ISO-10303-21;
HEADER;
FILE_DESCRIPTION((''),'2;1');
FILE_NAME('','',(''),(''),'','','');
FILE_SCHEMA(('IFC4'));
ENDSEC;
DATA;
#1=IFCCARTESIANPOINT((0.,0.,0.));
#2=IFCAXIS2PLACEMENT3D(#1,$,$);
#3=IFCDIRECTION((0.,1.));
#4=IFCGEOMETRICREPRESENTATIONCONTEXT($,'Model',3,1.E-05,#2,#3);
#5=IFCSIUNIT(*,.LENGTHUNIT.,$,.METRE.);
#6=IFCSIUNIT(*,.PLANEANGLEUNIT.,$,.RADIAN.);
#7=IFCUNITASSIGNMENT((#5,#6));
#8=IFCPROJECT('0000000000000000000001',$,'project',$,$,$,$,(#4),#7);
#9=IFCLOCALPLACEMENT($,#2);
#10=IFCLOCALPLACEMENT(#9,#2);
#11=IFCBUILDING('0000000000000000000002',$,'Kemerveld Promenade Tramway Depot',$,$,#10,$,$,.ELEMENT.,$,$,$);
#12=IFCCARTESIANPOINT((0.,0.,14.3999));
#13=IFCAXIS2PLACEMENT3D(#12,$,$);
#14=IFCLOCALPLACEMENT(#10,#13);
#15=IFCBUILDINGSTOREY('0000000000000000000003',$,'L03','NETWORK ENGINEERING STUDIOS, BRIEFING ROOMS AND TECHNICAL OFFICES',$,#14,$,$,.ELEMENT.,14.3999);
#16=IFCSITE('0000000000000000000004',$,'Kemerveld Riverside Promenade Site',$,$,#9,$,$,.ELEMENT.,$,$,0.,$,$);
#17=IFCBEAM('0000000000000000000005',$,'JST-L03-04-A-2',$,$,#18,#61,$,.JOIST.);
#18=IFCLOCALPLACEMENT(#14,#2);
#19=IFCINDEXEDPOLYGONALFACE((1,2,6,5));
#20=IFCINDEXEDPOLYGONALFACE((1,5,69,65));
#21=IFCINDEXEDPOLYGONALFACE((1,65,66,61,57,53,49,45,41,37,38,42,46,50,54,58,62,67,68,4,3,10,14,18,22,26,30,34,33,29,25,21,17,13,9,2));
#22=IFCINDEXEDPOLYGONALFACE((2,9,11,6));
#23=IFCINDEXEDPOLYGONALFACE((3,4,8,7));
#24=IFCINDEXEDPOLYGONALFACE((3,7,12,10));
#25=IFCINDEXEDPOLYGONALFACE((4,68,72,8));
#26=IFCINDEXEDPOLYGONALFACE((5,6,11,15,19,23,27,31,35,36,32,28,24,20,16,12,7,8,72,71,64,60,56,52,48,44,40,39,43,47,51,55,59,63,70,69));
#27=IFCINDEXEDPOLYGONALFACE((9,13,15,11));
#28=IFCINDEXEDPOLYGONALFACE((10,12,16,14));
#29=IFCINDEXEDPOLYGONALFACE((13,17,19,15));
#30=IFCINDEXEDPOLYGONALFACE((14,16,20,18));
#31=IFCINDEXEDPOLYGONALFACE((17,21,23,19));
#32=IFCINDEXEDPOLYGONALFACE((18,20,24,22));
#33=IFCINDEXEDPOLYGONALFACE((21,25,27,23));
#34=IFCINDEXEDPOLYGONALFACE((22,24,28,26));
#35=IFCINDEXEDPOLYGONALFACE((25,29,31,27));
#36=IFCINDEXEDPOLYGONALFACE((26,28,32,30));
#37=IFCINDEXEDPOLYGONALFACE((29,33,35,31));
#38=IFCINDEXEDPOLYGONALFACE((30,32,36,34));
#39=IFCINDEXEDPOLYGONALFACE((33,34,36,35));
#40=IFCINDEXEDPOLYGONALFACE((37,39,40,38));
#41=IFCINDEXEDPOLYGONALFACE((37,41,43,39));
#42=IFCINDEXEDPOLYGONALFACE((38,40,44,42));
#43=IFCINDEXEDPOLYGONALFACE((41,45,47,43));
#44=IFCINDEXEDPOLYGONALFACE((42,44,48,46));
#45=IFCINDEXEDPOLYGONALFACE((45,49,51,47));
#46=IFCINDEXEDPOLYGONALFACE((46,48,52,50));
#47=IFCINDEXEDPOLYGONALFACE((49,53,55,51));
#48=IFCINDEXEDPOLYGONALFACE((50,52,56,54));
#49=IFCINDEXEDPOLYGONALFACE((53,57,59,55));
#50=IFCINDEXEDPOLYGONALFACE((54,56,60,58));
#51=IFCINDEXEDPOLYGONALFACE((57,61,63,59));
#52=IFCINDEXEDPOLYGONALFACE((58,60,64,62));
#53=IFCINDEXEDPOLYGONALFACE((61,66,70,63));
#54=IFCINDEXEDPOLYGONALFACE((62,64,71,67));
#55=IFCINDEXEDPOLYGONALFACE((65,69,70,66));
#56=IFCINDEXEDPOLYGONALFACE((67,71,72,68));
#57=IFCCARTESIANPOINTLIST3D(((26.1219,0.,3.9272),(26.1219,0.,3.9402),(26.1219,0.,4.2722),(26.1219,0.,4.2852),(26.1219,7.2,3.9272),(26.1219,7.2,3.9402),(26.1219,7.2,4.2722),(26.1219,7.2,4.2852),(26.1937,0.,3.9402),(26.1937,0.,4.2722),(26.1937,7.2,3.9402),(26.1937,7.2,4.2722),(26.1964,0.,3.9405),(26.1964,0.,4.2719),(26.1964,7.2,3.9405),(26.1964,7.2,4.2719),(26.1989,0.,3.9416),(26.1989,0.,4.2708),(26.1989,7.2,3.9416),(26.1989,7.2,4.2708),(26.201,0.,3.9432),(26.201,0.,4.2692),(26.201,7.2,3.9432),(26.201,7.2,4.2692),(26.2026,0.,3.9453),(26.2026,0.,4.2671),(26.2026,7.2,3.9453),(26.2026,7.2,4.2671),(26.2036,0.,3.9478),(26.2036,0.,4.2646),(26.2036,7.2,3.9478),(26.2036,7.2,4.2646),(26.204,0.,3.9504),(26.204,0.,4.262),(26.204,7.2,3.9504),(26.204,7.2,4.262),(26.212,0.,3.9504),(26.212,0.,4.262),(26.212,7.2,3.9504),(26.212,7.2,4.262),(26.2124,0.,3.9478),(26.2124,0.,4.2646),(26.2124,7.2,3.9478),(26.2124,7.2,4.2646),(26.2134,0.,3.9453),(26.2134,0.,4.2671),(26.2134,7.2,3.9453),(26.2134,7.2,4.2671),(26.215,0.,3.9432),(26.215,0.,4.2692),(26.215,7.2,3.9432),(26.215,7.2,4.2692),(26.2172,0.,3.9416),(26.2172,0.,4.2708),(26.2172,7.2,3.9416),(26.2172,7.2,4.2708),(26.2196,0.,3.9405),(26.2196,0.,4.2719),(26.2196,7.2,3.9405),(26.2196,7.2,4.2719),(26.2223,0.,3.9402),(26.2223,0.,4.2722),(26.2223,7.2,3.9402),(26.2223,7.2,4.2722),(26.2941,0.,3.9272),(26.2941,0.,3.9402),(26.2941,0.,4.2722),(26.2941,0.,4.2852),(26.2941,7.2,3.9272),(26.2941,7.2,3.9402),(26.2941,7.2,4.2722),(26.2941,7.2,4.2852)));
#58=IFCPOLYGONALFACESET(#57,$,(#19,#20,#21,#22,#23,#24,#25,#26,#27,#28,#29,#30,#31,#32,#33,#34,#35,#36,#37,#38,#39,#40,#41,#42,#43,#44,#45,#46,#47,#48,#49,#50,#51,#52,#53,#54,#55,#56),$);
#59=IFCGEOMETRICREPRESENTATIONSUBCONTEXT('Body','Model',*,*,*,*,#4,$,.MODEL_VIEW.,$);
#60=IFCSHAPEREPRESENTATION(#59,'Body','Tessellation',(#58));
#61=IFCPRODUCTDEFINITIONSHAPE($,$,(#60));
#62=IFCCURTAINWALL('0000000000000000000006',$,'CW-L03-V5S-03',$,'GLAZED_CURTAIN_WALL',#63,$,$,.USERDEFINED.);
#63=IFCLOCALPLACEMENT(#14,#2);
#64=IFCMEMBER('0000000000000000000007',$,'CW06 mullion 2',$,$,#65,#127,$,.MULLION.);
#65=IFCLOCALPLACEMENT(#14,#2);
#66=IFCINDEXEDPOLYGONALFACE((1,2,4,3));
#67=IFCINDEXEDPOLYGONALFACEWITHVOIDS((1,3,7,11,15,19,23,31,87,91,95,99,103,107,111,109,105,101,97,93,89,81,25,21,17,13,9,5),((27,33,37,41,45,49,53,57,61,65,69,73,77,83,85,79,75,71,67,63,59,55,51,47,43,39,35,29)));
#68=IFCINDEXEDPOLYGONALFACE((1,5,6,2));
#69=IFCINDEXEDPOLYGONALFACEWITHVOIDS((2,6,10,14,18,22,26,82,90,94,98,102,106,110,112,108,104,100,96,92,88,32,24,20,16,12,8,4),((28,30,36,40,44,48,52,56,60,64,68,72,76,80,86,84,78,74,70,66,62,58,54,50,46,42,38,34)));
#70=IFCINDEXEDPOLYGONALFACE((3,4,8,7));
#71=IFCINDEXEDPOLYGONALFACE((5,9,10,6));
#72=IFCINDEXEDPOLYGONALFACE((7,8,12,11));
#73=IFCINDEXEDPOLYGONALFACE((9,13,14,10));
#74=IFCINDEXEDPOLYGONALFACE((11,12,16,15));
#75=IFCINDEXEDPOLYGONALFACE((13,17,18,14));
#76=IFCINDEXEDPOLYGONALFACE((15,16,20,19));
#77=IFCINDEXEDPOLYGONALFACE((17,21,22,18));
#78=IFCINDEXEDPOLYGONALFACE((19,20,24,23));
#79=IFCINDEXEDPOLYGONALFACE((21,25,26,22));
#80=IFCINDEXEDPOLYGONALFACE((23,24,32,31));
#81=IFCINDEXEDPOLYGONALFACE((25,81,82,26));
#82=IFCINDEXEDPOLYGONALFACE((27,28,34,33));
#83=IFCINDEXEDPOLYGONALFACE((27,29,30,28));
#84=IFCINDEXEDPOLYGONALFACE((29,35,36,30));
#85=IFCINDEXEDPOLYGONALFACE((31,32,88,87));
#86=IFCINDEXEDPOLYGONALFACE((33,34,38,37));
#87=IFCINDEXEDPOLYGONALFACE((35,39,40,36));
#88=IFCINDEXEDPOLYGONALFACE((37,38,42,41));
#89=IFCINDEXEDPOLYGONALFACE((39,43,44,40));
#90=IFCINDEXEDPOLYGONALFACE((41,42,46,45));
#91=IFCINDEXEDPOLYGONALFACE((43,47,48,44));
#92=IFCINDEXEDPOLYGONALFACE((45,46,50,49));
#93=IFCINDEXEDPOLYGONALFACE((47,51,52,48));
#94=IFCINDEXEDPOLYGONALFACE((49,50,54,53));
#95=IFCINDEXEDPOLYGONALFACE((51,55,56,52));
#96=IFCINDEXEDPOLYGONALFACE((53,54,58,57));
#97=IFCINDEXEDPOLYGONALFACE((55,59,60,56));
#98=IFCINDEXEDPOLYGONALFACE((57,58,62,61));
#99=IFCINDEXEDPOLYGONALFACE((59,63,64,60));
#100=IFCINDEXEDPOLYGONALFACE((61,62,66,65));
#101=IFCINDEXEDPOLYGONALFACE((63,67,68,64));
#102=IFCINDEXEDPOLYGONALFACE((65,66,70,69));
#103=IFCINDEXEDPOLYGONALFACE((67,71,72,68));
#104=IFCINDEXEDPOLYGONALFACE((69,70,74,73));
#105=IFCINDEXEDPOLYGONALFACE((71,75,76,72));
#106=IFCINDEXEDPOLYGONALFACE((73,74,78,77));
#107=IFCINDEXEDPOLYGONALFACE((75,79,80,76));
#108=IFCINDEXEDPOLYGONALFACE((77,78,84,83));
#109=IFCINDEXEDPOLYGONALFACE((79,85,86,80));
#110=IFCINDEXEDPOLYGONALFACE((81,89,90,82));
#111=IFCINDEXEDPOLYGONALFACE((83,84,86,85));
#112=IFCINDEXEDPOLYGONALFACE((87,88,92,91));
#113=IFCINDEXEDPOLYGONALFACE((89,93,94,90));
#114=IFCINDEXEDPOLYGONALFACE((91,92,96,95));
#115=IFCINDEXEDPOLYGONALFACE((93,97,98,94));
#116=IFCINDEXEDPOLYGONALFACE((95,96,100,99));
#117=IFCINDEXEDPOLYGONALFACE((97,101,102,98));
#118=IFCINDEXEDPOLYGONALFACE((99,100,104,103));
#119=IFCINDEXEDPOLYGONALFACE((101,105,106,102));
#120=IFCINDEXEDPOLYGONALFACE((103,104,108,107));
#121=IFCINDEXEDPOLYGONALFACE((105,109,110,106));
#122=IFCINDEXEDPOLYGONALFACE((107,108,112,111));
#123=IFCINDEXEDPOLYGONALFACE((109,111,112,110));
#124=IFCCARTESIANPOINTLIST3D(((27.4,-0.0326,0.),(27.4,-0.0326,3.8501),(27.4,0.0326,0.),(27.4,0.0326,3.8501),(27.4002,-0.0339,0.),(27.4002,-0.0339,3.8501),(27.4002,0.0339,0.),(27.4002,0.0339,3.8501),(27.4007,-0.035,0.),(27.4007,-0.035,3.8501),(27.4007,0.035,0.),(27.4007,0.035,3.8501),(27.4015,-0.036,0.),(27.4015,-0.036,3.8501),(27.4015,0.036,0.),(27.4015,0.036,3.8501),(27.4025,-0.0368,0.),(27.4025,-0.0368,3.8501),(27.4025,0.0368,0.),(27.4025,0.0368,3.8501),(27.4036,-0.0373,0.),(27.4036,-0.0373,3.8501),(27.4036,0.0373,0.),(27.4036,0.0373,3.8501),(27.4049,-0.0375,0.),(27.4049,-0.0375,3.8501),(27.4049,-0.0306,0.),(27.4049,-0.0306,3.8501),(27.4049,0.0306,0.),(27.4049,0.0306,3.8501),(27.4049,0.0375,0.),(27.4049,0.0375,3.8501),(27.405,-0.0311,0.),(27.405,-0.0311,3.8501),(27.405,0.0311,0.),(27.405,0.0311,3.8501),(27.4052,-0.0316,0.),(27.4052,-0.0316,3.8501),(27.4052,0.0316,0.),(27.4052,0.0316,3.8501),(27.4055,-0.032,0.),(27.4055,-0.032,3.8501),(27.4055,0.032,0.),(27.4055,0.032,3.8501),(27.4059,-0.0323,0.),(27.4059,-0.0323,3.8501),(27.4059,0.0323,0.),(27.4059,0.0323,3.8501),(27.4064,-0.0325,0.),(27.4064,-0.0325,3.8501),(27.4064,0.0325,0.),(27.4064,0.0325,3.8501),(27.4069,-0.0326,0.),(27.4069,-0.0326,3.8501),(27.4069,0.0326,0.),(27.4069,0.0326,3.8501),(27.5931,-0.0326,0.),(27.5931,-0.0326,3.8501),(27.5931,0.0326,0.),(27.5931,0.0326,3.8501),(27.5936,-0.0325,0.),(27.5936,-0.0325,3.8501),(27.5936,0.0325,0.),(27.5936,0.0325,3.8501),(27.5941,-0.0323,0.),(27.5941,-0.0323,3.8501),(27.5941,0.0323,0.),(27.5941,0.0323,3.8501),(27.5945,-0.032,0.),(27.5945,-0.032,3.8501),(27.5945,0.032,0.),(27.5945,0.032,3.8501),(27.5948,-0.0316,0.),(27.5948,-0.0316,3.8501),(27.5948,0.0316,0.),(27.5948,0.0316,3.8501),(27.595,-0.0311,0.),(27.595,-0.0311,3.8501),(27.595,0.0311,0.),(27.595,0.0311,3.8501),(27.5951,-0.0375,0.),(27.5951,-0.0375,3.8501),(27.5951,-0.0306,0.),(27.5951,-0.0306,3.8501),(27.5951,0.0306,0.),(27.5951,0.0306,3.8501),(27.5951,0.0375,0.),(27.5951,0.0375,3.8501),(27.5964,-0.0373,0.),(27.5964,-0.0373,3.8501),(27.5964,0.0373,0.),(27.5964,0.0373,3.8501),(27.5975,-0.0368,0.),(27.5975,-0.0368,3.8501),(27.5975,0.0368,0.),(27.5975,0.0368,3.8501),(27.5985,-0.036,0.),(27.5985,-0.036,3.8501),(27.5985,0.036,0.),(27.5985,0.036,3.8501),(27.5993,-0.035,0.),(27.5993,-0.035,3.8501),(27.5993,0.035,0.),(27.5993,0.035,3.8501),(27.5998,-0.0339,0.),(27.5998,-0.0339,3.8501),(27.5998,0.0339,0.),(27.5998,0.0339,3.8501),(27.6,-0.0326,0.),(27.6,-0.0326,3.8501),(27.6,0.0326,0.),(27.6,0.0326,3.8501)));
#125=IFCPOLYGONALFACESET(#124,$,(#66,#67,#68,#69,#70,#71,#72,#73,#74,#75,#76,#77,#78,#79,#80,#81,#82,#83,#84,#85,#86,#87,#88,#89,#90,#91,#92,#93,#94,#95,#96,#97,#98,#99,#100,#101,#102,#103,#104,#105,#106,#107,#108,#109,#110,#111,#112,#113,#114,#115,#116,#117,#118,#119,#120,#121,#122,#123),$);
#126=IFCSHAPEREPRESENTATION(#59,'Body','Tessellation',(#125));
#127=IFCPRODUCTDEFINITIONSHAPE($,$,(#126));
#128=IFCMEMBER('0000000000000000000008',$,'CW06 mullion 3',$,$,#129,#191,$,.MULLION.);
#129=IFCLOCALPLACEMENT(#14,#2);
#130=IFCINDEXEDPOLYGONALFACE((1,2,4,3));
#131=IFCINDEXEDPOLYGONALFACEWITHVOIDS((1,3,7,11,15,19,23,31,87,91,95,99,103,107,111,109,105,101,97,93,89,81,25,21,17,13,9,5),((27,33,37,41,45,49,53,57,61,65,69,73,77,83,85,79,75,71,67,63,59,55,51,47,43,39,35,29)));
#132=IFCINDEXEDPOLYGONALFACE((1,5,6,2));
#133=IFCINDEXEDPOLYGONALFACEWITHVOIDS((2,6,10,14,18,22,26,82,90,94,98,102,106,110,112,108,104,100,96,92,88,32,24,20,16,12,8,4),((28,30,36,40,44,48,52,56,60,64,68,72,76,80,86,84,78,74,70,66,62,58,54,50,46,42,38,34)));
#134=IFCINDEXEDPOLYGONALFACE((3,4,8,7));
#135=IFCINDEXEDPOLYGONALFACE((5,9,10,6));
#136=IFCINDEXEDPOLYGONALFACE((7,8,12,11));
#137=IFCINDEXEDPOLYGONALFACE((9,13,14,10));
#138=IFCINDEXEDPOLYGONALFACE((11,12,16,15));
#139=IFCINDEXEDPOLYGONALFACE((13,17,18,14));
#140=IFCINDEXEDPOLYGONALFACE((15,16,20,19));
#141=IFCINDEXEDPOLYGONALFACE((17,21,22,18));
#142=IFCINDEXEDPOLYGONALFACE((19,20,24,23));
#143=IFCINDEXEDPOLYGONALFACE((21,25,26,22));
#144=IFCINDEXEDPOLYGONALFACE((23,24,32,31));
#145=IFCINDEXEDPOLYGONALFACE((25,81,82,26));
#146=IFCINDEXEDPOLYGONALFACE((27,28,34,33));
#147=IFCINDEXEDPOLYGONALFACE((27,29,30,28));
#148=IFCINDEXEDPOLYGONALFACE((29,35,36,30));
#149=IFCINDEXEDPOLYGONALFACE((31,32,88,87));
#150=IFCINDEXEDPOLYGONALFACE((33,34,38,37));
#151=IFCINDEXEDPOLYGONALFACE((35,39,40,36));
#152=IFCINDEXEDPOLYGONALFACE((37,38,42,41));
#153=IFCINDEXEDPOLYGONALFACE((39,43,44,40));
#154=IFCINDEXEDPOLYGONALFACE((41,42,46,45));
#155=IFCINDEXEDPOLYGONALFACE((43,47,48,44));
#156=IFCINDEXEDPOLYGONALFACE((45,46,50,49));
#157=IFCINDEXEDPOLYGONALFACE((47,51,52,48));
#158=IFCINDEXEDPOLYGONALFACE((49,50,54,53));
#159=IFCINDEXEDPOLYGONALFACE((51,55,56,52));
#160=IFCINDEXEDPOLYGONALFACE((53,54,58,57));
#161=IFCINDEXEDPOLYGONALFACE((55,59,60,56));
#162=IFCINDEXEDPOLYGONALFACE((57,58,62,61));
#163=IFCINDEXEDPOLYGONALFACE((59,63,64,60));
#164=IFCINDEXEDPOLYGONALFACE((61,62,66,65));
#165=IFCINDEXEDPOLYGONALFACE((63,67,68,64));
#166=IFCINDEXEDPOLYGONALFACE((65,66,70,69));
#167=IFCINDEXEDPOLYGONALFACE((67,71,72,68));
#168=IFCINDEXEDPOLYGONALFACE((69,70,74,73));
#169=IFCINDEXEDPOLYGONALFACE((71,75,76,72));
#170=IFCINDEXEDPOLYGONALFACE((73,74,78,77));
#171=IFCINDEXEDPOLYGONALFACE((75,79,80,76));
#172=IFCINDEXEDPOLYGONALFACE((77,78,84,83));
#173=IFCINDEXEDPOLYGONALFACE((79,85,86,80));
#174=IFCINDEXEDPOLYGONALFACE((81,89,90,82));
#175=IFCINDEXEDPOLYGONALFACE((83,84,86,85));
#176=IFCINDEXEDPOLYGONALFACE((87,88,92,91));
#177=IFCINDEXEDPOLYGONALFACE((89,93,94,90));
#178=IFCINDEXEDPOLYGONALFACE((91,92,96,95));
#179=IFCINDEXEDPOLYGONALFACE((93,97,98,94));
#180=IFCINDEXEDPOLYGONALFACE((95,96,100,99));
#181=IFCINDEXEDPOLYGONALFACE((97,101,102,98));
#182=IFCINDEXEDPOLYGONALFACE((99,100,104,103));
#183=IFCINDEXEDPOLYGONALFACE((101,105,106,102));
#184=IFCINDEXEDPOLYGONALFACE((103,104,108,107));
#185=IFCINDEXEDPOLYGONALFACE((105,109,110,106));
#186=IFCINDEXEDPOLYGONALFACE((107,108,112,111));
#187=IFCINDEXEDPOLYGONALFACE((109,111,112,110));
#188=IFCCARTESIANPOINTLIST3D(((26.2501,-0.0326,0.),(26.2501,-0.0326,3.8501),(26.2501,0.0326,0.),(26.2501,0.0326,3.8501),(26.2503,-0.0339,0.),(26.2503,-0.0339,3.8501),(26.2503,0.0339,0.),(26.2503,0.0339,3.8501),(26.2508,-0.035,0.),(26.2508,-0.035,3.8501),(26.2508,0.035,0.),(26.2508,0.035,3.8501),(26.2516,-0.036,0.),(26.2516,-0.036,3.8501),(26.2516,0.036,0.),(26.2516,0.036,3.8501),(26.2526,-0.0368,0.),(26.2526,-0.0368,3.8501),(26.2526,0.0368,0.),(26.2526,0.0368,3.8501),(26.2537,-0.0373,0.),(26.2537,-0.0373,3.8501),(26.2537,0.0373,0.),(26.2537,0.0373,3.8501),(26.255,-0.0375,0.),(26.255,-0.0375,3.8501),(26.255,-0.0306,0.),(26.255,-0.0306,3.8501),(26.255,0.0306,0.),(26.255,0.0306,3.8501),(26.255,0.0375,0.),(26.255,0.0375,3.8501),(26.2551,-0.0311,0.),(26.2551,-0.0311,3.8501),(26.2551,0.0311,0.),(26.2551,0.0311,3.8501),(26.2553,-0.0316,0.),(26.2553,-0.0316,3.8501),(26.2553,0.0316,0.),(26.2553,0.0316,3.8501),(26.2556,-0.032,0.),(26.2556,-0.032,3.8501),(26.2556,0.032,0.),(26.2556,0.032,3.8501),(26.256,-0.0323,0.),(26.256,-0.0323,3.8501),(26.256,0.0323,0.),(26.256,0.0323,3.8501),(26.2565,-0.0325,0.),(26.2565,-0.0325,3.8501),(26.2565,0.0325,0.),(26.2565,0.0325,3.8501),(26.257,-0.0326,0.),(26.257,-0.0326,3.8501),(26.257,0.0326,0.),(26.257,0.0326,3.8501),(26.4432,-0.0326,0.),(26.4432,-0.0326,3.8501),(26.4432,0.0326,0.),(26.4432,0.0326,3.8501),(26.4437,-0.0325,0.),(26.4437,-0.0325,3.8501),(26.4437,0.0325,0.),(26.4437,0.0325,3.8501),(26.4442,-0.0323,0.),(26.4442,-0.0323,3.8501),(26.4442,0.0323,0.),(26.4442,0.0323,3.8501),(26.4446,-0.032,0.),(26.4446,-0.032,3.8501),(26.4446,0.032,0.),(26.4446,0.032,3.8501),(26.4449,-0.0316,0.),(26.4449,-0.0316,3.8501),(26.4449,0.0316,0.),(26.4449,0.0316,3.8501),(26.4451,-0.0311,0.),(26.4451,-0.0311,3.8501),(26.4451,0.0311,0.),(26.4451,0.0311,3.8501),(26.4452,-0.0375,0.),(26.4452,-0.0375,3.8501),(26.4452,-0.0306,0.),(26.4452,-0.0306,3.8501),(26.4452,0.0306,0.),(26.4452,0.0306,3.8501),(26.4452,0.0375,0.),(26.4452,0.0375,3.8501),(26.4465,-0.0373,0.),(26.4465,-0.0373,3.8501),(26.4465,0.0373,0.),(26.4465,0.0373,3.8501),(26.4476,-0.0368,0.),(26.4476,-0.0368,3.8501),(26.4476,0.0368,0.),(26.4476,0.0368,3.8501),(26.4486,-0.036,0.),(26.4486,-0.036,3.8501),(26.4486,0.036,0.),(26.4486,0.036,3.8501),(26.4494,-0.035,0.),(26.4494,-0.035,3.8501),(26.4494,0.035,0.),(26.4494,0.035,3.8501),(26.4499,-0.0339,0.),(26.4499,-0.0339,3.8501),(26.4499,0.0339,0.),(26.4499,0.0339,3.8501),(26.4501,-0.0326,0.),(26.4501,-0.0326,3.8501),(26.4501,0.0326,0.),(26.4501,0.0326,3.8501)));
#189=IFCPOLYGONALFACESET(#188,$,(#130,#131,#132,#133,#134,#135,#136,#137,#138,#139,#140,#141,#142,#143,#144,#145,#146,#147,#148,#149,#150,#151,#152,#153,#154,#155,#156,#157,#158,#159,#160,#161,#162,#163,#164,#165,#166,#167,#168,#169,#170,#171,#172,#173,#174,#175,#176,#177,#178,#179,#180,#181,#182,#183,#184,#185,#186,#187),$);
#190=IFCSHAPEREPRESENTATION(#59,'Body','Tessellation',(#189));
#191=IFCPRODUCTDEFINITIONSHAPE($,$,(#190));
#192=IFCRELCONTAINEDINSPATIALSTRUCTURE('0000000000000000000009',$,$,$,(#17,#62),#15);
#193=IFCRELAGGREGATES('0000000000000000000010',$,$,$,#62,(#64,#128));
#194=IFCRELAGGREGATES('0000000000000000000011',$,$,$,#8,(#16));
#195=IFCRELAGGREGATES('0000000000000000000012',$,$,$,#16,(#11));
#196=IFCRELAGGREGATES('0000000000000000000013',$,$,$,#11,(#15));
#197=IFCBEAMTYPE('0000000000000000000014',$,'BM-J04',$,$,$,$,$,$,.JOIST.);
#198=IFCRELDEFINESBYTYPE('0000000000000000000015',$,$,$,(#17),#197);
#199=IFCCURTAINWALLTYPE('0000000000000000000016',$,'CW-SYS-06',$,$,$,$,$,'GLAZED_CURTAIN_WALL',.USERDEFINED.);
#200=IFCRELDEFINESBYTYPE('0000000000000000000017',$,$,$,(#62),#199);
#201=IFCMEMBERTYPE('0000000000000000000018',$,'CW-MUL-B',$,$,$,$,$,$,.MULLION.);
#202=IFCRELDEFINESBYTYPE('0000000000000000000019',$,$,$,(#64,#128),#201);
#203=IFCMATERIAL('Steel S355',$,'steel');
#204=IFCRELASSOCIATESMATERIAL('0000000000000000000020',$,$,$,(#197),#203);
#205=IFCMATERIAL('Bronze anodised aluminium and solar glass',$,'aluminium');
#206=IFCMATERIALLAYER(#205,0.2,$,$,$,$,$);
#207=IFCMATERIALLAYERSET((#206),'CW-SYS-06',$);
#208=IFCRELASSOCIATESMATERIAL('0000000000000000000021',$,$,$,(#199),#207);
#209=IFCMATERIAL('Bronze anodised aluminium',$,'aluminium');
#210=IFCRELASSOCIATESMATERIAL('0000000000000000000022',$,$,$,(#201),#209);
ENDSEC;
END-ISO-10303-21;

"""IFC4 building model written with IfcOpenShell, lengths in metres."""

from ifc_helpers import new_model, si_unit, direction, frame, origin, origin_2d, place, context, subcontext, project, spatial, hollow_rectangle, i_section, extrude, material, layer, layer_set, material_profile, profile_set, type_object, element, aggregate, save


model = new_model("IFC4")

# Units and contexts
model_context = context("Model", 3, precision=1e-05, world=origin(), true_north=direction((0.0, 1.0)))
body_context = subcontext(model_context, "Body", "Model", "MODEL_VIEW")
ifc_project = project(units=[si_unit("LENGTHUNIT", "METRE"), si_unit("PLANEANGLEUNIT", "RADIAN")], contexts=[model_context])

# Site, building, storey
site_placement = place(None, origin())
site = spatial("IfcSite", under=ifc_project, at=site_placement, Name="Kemerveld Riverside Promenade Site", CompositionType="ELEMENT", RefElevation=0.0)
building_placement = place(site_placement, origin())
building = spatial("IfcBuilding", under=site, at=building_placement, Name="Kemerveld Promenade Tramway Depot", CompositionType="ELEMENT")
storey_placement = place(building_placement, frame((0.0, 0.0, 14.3999)))
storey = spatial("IfcBuildingStorey", under=building, at=storey_placement, Name="L03", Description="NETWORK ENGINEERING STUDIOS, BRIEFING ROOMS AND TECHNICAL OFFICES", CompositionType="ELEMENT", Elevation=14.3999)

# Beam
ifc_material_1 = material(Name="Steel S355", Category="steel")
ifc_material_profile_1 = material_profile(ifc_material_1, i_section(OverallWidth=0.1721, OverallDepth=0.3579, WebThickness=0.0081, FlangeThickness=0.0129, FilletRadius=0.0103, at=origin_2d()), Name="356x171x57 UB")
ifc_profile_set_1 = profile_set([ifc_material_profile_1], Name="Steel S355")
beam_type = type_object("IfcBeamType", Name="BM-J04", PredefinedType="JOIST", material=ifc_profile_set_1)
beam_placement = place(storey_placement, frame((26.208, 0.0, 4.1062), z_axis=(0.0, 1.0, 0.0), x_axis=(-1.0, 0.0, 0.0)))
element("IfcBeam", 1, at=beam_placement, inside=storey, type_object=beam_type, Name="JST-L03-04-A-2", PredefinedType="JOIST", context=body_context, shape_type="SweptSolid", body=[
    extrude(i_section(OverallWidth=0.1721, OverallDepth=0.3579, WebThickness=0.0081, FlangeThickness=0.0129, FilletRadius=0.0103, at=origin_2d()), origin(), (0.0, 0.0, 1.0), 7.2),
])

# Curtain wall, members
ifc_material_2 = material(Name="Bronze anodised aluminium and solar glass", Category="aluminium")
ifc_layer_1 = layer(ifc_material_2, 0.2)
ifc_layer_set_1 = layer_set([ifc_layer_1], Name="CW-SYS-06")
curtain_wall_type = type_object("IfcCurtainWallType", Name="CW-SYS-06", ElementType="GLAZED_CURTAIN_WALL", PredefinedType="USERDEFINED", material=ifc_layer_set_1)
curtain_wall_placement = place(storey_placement, origin())
curtain_wall = element("IfcCurtainWall", 2, at=curtain_wall_placement, inside=storey, type_object=curtain_wall_type, Name="CW-L03-V5S-03", ObjectType="GLAZED_CURTAIN_WALL", PredefinedType="USERDEFINED")
ifc_material_3 = material(Name="Bronze anodised aluminium", Category="aluminium")
ifc_material_profile_2 = material_profile(ifc_material_3, hollow_rectangle(XDim=0.075, YDim=0.2, WallThickness=0.0049, InnerFilletRadius=0.002, OuterFilletRadius=0.0049, at=origin_2d()), Name="CW-MUL-200x75")
ifc_profile_set_2 = profile_set([ifc_material_profile_2], Name="Bronze anodised aluminium")
member_type_1 = type_object("IfcMemberType", Name="CW-MUL-B", PredefinedType="MULLION", material=ifc_profile_set_2)
member_1_placement = place(storey_placement, frame((27.5, 0.0, 0.0), z_axis=(0.0, 0.0, 1.0), x_axis=(0.0, -1.0, 0.0)))
member_1 = element("IfcMember", 3, at=member_1_placement, type_object=member_type_1, Name="CW06 mullion 2", PredefinedType="MULLION", context=body_context, shape_type="SweptSolid", body=[
    extrude(hollow_rectangle(XDim=0.075, YDim=0.2, WallThickness=0.0049, InnerFilletRadius=0.002, OuterFilletRadius=0.0049, at=origin_2d()), origin(), (0.0, 0.0, 1.0), 3.8501),
])
member_2_placement = place(storey_placement, frame((26.3501, 0.0, 0.0), z_axis=(0.0, 0.0, 1.0), x_axis=(0.0, -1.0, 0.0)))
member_2 = element("IfcMember", 4, at=member_2_placement, type_object=member_type_1, Name="CW06 mullion 3", PredefinedType="MULLION", context=body_context, shape_type="SweptSolid", body=[
    extrude(hollow_rectangle(XDim=0.075, YDim=0.2, WallThickness=0.0049, InnerFilletRadius=0.002, OuterFilletRadius=0.0049, at=origin_2d()), origin(), (0.0, 0.0, 1.0), 3.8501),
])
aggregate(curtain_wall, [member_1, member_2])

save(model, "model.ifc")
